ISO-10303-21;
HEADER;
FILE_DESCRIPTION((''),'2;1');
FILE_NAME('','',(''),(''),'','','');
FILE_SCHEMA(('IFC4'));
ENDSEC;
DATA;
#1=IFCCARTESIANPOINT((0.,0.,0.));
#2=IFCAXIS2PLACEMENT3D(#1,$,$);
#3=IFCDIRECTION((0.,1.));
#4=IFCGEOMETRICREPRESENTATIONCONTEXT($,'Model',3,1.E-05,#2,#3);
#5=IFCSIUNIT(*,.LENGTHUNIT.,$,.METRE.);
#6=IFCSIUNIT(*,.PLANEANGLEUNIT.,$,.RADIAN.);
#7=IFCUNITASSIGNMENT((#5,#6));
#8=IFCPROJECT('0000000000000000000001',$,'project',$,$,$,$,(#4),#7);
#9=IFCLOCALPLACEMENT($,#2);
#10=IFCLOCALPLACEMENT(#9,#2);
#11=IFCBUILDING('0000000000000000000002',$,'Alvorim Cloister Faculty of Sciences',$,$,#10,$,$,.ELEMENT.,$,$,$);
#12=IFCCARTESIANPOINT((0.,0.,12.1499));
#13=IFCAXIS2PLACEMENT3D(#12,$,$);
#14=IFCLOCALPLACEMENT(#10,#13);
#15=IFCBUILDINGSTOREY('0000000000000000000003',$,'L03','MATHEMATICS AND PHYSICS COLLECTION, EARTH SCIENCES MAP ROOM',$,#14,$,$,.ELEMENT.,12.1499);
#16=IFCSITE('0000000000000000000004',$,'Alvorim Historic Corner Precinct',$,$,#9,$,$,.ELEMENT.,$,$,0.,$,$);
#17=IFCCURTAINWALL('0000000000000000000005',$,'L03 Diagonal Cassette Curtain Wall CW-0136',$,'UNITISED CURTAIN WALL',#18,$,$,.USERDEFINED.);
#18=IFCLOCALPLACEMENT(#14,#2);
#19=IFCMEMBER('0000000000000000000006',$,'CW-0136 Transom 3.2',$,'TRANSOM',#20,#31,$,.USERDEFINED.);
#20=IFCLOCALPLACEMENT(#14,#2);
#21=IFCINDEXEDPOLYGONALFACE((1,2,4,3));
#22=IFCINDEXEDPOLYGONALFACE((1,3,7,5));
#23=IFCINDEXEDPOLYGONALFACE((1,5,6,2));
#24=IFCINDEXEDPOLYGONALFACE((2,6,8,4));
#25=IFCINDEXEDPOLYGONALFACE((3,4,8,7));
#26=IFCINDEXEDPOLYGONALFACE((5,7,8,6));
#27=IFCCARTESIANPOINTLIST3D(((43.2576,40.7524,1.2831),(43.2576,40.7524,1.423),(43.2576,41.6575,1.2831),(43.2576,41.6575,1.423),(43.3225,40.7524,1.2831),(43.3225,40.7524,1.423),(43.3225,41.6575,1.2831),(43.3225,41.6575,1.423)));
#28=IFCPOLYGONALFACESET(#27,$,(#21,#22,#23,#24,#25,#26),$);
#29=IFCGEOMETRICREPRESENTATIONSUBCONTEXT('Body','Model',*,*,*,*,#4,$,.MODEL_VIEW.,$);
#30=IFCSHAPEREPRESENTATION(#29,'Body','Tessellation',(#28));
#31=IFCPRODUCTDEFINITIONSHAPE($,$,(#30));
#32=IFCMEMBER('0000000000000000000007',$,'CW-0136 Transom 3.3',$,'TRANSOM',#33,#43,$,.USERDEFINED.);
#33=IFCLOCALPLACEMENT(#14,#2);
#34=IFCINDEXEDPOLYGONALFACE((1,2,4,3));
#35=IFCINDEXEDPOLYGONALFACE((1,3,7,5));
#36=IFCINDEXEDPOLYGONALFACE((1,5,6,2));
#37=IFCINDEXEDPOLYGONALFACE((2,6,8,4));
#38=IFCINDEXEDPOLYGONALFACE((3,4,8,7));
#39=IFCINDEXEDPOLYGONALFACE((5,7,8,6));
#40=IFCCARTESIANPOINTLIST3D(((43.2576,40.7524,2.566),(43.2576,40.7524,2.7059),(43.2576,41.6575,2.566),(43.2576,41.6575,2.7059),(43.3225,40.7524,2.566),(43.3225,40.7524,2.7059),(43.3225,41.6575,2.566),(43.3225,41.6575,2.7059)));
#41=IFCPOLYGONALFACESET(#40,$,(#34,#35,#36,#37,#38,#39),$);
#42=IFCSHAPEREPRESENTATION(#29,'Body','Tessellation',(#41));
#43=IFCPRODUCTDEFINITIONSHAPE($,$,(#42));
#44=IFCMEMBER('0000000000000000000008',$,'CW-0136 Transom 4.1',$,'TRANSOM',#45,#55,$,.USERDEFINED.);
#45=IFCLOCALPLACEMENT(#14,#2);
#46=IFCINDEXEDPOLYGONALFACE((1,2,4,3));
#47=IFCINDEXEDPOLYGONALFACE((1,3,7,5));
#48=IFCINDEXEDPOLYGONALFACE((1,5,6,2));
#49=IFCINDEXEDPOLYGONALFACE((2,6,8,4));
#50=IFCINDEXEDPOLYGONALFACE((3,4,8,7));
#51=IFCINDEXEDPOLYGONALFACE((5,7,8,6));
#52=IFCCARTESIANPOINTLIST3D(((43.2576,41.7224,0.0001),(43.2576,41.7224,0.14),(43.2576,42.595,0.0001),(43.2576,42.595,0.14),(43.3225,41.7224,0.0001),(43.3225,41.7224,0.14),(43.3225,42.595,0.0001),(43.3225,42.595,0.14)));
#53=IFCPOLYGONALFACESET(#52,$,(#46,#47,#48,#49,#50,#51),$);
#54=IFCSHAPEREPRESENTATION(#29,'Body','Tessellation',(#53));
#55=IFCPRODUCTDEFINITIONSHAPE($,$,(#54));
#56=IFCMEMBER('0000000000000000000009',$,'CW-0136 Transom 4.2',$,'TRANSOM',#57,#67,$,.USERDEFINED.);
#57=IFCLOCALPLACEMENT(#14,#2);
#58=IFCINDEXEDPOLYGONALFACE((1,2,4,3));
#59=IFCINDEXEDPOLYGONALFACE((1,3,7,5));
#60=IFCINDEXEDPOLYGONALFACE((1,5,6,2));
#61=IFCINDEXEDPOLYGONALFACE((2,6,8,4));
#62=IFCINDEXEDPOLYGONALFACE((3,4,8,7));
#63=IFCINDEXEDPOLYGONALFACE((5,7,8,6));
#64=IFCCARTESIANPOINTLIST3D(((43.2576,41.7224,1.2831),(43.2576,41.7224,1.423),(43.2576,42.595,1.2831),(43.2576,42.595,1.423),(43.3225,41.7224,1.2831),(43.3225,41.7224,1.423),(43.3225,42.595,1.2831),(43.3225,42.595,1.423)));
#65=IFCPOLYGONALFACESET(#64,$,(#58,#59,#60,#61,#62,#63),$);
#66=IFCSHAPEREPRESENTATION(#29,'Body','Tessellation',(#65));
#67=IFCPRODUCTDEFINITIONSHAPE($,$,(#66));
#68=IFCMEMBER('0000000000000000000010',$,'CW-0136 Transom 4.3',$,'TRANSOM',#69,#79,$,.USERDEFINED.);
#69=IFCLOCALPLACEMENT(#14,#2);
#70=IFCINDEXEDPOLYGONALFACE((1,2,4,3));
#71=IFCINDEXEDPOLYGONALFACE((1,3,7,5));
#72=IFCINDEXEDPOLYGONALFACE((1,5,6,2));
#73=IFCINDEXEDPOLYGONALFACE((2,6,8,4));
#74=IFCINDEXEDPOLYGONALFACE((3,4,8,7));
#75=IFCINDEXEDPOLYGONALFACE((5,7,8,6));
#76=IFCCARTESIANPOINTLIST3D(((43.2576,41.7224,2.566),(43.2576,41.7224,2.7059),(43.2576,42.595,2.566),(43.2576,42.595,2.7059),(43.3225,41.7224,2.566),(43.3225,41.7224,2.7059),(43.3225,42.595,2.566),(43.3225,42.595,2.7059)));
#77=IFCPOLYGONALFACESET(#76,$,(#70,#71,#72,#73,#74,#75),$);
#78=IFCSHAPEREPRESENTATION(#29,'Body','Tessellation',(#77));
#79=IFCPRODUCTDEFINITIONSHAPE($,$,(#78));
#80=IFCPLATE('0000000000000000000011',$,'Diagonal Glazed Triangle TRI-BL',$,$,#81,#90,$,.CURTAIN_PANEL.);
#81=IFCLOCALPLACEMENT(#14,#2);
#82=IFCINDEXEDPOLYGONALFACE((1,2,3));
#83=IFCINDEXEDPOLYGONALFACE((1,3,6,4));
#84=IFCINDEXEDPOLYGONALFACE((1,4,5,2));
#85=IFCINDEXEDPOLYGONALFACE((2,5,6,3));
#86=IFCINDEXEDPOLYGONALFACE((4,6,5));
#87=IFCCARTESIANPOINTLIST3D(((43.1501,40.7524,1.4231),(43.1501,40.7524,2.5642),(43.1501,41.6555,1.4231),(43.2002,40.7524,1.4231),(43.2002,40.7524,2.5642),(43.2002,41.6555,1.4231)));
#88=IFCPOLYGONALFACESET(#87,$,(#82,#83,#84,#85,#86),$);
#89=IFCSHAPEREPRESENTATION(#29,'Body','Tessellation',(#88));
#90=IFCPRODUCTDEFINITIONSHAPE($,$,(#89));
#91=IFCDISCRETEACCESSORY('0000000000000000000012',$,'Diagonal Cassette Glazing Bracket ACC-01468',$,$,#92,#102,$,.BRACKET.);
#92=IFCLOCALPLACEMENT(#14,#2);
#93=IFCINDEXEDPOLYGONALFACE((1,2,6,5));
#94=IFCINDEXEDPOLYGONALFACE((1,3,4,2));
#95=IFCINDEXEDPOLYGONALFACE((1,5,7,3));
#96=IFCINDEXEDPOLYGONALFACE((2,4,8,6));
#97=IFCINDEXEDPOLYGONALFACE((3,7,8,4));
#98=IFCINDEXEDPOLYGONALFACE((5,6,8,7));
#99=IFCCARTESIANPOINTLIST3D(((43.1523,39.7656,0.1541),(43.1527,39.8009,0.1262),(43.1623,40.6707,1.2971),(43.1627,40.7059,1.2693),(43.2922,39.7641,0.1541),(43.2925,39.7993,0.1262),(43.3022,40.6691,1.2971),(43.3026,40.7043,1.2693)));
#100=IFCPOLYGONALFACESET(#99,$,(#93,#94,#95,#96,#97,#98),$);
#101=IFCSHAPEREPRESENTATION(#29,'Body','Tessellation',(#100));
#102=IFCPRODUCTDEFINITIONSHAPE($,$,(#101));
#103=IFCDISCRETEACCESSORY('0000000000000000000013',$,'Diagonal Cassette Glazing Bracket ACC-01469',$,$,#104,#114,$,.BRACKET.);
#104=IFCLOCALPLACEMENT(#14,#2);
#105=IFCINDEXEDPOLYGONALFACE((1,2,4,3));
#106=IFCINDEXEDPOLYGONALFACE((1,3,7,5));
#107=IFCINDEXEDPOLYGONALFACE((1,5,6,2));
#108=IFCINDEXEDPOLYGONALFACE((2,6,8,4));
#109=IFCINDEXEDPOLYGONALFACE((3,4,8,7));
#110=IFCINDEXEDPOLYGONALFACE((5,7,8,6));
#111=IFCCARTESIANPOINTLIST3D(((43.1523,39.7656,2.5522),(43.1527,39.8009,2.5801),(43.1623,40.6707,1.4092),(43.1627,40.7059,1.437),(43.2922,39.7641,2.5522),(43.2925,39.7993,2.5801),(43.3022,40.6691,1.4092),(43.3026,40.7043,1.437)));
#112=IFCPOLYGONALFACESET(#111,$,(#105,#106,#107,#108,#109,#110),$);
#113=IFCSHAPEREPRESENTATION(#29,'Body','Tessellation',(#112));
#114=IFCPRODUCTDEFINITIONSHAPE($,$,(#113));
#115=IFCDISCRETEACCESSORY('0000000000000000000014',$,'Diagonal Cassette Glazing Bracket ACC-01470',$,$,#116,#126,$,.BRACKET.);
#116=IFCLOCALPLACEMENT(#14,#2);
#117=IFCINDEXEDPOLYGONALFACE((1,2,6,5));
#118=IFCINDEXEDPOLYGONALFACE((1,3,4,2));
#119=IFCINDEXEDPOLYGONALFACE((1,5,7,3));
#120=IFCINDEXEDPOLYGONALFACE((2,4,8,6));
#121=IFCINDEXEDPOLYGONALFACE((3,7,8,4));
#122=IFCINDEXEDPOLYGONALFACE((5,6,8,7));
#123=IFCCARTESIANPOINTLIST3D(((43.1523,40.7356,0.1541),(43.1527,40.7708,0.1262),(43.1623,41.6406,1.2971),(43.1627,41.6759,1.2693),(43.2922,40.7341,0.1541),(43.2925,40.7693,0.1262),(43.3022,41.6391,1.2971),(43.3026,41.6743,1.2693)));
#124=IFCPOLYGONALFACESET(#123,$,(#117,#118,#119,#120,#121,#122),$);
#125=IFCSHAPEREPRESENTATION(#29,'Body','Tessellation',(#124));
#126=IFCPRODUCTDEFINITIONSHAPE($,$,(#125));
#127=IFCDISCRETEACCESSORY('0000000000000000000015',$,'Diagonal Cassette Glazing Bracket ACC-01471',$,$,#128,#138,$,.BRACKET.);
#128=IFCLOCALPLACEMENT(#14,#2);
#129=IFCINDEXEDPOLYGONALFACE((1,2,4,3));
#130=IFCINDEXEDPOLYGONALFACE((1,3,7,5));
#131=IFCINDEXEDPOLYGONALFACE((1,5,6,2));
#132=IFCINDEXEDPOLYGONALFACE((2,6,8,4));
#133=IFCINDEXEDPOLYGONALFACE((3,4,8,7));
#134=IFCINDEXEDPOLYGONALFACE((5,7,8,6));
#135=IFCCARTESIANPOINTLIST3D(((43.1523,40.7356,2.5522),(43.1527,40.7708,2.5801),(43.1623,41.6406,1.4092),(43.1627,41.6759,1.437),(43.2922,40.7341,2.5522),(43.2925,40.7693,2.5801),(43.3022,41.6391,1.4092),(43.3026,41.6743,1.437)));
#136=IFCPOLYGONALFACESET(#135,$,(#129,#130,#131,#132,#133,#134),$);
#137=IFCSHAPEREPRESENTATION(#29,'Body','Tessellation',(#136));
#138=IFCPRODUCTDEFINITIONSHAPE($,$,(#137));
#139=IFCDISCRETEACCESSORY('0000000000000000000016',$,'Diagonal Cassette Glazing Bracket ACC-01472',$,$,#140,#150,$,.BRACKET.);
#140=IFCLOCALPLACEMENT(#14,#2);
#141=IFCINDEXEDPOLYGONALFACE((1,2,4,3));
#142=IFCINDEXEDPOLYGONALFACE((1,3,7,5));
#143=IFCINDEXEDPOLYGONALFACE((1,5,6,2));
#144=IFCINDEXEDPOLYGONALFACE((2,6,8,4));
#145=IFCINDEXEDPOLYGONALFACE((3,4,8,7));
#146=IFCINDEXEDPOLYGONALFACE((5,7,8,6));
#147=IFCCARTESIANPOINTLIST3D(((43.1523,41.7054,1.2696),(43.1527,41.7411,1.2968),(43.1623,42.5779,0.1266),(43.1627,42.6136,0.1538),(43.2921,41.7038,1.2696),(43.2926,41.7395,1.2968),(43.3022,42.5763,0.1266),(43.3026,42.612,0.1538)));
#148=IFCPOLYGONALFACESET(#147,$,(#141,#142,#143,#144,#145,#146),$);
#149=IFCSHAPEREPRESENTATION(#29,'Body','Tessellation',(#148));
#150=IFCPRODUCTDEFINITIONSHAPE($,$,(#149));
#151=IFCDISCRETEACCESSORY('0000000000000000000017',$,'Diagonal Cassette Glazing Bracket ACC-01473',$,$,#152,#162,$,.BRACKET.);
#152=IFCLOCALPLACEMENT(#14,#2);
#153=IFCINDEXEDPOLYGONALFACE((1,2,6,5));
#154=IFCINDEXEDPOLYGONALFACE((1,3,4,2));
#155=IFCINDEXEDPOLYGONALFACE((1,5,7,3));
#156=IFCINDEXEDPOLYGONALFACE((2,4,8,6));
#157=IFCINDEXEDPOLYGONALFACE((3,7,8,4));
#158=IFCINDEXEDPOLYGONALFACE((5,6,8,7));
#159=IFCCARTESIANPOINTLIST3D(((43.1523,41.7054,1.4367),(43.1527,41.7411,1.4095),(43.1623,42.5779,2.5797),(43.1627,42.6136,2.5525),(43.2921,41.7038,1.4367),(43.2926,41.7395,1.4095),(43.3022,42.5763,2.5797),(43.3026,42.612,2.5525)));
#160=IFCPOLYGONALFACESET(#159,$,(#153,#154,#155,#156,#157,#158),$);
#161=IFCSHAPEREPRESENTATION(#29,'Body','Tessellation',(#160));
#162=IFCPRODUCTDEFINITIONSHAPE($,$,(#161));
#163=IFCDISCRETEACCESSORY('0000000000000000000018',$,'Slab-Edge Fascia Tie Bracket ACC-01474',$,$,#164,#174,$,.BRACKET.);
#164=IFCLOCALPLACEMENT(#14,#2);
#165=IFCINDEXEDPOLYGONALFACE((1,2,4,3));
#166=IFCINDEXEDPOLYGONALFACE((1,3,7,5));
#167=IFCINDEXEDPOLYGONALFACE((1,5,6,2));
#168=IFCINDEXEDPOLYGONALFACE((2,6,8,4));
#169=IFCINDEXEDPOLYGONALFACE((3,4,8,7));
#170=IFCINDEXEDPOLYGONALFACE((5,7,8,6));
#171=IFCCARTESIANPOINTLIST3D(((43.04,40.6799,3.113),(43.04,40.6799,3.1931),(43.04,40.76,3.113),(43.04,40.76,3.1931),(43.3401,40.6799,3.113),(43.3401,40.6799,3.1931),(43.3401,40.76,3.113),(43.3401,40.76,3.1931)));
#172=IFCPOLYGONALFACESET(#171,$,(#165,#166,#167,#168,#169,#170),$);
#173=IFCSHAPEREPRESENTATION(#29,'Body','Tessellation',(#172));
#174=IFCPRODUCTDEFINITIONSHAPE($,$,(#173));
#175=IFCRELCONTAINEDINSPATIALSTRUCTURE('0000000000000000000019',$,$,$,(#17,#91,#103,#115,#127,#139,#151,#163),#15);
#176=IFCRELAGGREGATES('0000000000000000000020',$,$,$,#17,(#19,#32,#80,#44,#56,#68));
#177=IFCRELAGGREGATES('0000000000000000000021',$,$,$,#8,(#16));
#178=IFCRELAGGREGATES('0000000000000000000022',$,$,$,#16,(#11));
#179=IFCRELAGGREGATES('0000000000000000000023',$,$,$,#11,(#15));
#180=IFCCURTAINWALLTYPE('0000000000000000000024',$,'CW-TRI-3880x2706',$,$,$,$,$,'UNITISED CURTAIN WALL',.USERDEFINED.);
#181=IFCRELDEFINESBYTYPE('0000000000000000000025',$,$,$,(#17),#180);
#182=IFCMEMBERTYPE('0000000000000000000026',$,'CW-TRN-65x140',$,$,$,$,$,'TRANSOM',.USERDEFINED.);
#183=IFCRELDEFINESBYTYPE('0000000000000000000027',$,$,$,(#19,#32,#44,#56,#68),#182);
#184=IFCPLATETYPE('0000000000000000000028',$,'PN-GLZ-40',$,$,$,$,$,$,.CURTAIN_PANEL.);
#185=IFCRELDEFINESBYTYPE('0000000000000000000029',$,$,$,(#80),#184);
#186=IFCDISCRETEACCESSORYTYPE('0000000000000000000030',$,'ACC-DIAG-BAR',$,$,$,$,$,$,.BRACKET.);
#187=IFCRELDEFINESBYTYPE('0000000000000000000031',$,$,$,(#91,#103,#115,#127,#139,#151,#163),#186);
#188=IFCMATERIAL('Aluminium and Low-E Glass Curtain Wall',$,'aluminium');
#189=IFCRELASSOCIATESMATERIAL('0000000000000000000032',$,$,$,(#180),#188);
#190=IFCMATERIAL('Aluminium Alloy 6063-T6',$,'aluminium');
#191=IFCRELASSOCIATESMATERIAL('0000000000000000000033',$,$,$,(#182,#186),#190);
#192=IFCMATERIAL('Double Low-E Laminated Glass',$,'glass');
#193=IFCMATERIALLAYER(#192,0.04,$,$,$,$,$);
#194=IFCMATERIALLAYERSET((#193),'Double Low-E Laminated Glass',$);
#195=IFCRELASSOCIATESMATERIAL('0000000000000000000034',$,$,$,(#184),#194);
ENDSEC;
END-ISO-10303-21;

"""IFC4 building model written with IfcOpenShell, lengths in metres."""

from ifc_helpers import new_model, si_unit, direction, frame, origin, origin_2d, place, context, subcontext, project, spatial, polyline, rectangle, outline, extrude, material, layer, layer_set, material_profile, profile_set, type_object, element, aggregate, save


model = new_model("IFC4")

# Units and contexts
model_context = context("Model", 3, precision=1e-05, world=origin(), true_north=direction((0.0, 1.0)))
body_context = subcontext(model_context, "Body", "Model", "MODEL_VIEW")
ifc_project = project(units=[si_unit("LENGTHUNIT", "METRE"), si_unit("PLANEANGLEUNIT", "RADIAN")], contexts=[model_context])

# Site, building, storey
site_placement = place(None, origin())
site = spatial("IfcSite", under=ifc_project, at=site_placement, Name="Alvorim Historic Corner Precinct", CompositionType="ELEMENT", RefElevation=0.0)
building_placement = place(site_placement, origin())
building = spatial("IfcBuilding", under=site, at=building_placement, Name="Alvorim Cloister Faculty of Sciences", CompositionType="ELEMENT")
storey_placement = place(building_placement, frame((0.0, 0.0, 12.1499)))
storey = spatial("IfcBuildingStorey", under=building, at=storey_placement, Name="L03", Description="MATHEMATICS AND PHYSICS COLLECTION, EARTH SCIENCES MAP ROOM", CompositionType="ELEMENT", Elevation=12.1499)

# Curtain wall, members, plate
ifc_material_1 = material(Name="Aluminium and Low-E Glass Curtain Wall", Category="aluminium")
curtain_wall_type = type_object("IfcCurtainWallType", Name="CW-TRI-3880x2706", ElementType="UNITISED CURTAIN WALL", PredefinedType="USERDEFINED", material=ifc_material_1)
curtain_wall_placement = place(storey_placement, origin())
curtain_wall = element("IfcCurtainWall", 1, at=curtain_wall_placement, inside=storey, type_object=curtain_wall_type, Name="L03 Diagonal Cassette Curtain Wall CW-0136", ObjectType="UNITISED CURTAIN WALL", PredefinedType="USERDEFINED")
ifc_material_2 = material(Name="Aluminium Alloy 6063-T6", Category="aluminium")
ifc_material_profile_1 = material_profile(ifc_material_2, rectangle(XDim=0.0649, YDim=0.1399, at=origin_2d()), Name="ALU-TRN-65x140")
ifc_profile_set_1 = profile_set([ifc_material_profile_1], Name="Aluminium Alloy 6063-T6")
member_type_1 = type_object("IfcMemberType", Name="CW-TRN-65x140", ElementType="TRANSOM", PredefinedType="USERDEFINED", material=ifc_profile_set_1)
member_1_placement = place(storey_placement, frame((43.29, 40.7524, 1.353), z_axis=(0.0, 1.0, 0.0), x_axis=(-1.0, 0.0, 0.0)))
member_1 = element("IfcMember", 2, at=member_1_placement, type_object=member_type_1, Name="CW-0136 Transom 3.2", ObjectType="TRANSOM", PredefinedType="USERDEFINED", context=body_context, shape_type="SweptSolid", body=[
    extrude(rectangle(XDim=0.0649, YDim=0.1399, at=origin_2d()), origin(), (0.0, 0.0, 1.0), 0.905),
])
member_2_placement = place(storey_placement, frame((43.29, 40.7524, 2.636), z_axis=(0.0, 1.0, 0.0), x_axis=(-1.0, 0.0, 0.0)))
member_2 = element("IfcMember", 3, at=member_2_placement, type_object=member_type_1, Name="CW-0136 Transom 3.3", ObjectType="TRANSOM", PredefinedType="USERDEFINED", context=body_context, shape_type="SweptSolid", body=[
    extrude(rectangle(XDim=0.0649, YDim=0.1399, at=origin_2d()), origin(), (0.0, 0.0, 1.0), 0.905),
])
member_3_placement = place(storey_placement, frame((43.29, 41.7224, 0.0701), z_axis=(0.0, 1.0, 0.0), x_axis=(-1.0, 0.0, 0.0)))
member_3 = element("IfcMember", 4, at=member_3_placement, type_object=member_type_1, Name="CW-0136 Transom 4.1", ObjectType="TRANSOM", PredefinedType="USERDEFINED", context=body_context, shape_type="SweptSolid", body=[
    extrude(rectangle(XDim=0.0649, YDim=0.1399, at=origin_2d()), origin(), (0.0, 0.0, 1.0), 0.8726),
])
member_4_placement = place(storey_placement, frame((43.29, 41.7224, 1.353), z_axis=(0.0, 1.0, 0.0), x_axis=(-1.0, 0.0, 0.0)))
member_4 = element("IfcMember", 5, at=member_4_placement, type_object=member_type_1, Name="CW-0136 Transom 4.2", ObjectType="TRANSOM", PredefinedType="USERDEFINED", context=body_context, shape_type="SweptSolid", body=[
    extrude(rectangle(XDim=0.0649, YDim=0.1399, at=origin_2d()), origin(), (0.0, 0.0, 1.0), 0.8726),
])
member_5_placement = place(storey_placement, frame((43.29, 41.7224, 2.636), z_axis=(0.0, 1.0, 0.0), x_axis=(-1.0, 0.0, 0.0)))
member_5 = element("IfcMember", 6, at=member_5_placement, type_object=member_type_1, Name="CW-0136 Transom 4.3", ObjectType="TRANSOM", PredefinedType="USERDEFINED", context=body_context, shape_type="SweptSolid", body=[
    extrude(rectangle(XDim=0.0649, YDim=0.1399, at=origin_2d()), origin(), (0.0, 0.0, 1.0), 0.8726),
])
ifc_material_3 = material(Name="Double Low-E Laminated Glass", Category="glass")
ifc_layer = layer(ifc_material_3, 0.04)
ifc_layer_set = layer_set([ifc_layer], Name="Double Low-E Laminated Glass")
plate_type = type_object("IfcPlateType", Name="PN-GLZ-40", PredefinedType="CURTAIN_PANEL", material=ifc_layer_set)
plate_1_placement = place(storey_placement, frame((43.175, 40.7524, 1.4231), z_axis=(0.0, 0.0, 1.0), x_axis=(0.0, 1.0, 0.0)))
plate_1 = element("IfcPlate", 7, at=plate_1_placement, type_object=plate_type, Name="Diagonal Glazed Triangle TRI-BL", PredefinedType="CURTAIN_PANEL", context=body_context, shape_type="SweptSolid", body=[
    extrude(outline(polyline([(0.0, 0.0), (0.9031, 0.0), (0.0, 1.1411), (0.0, 0.0)])), frame((0.0, 0.0249, 0.0), z_axis=(0.0, -1.0, 0.0), x_axis=(1.0, 0.0, 0.0)), (0.0, 0.0, 1.0), 0.05),
])
aggregate(curtain_wall, [member_1, member_2, plate_1, member_3, member_4, member_5])

# Discrete accessories
discrete_accessory_type = type_object("IfcDiscreteAccessoryType", Name="ACC-DIAG-BAR", PredefinedType="BRACKET", material=ifc_material_2)
for number, where, z_axis, x_axis, name in (
    (8, (43.2224, 39.7825, 0.1401), (0.006865, 0.620731, 0.783993), (-0.999939, 0.011059, 0.0), "Diagonal Cassette Glazing Bracket ACC-01468"),
    (9, (43.2224, 39.7825, 2.5662), (0.006865, 0.620731, -0.783993), (-0.999939, 0.011059, 0.0), "Diagonal Cassette Glazing Bracket ACC-01469"),
    (10, (43.2224, 40.7524, 0.1401), (0.006865, 0.620731, 0.783993), (-0.999939, 0.011059, 0.0), "Diagonal Cassette Glazing Bracket ACC-01470"),
    (11, (43.2224, 40.7524, 2.5662), (0.006865, 0.620731, -0.783993), (-0.999939, 0.011059, 0.0), "Diagonal Cassette Glazing Bracket ACC-01471"),
):
    element("IfcDiscreteAccessory", number, at=place(storey_placement, frame(where, z_axis=z_axis, x_axis=x_axis)), inside=storey, type_object=discrete_accessory_type, Name=name, PredefinedType="BRACKET", context=body_context, shape_type="SweptSolid", body=[
        extrude(rectangle(XDim=0.1399, YDim=0.0449, at=origin_2d()), origin(), (0.0, 0.0, 1.0), 1.458),
    ])
for number, where, z_axis, x_axis, name in (
    (12, (43.2224, 41.7224, 1.2832), (0.006961, 0.606755, -0.794859), (-0.999934, 0.011471, 0.0), "Diagonal Cassette Glazing Bracket ACC-01472"),
    (13, (43.2224, 41.7224, 1.4231), (0.006961, 0.606755, 0.794859), (-0.999934, 0.011471, 0.0), "Diagonal Cassette Glazing Bracket ACC-01473"),
):
    element("IfcDiscreteAccessory", number, at=place(storey_placement, frame(where, z_axis=z_axis, x_axis=x_axis)), inside=storey, type_object=discrete_accessory_type, Name=name, PredefinedType="BRACKET", context=body_context, shape_type="SweptSolid", body=[
        extrude(rectangle(XDim=0.1399, YDim=0.0449, at=origin_2d()), origin(), (0.0, 0.0, 1.0), 1.438),
    ])
discrete_accessory_placement = place(storey_placement, frame((43.3401, 40.72, 3.1531), z_axis=(-1.0, 0.0, 0.0), x_axis=(0.0, -1.0, 0.0)))
element("IfcDiscreteAccessory", 14, at=discrete_accessory_placement, inside=storey, type_object=discrete_accessory_type, Name="Slab-Edge Fascia Tie Bracket ACC-01474", PredefinedType="BRACKET", context=body_context, shape_type="SweptSolid", body=[
    extrude(rectangle(XDim=0.0801, YDim=0.0801, at=origin_2d()), origin(), (0.0, 0.0, 1.0), 0.3),
])

save(model, "model.ifc")
